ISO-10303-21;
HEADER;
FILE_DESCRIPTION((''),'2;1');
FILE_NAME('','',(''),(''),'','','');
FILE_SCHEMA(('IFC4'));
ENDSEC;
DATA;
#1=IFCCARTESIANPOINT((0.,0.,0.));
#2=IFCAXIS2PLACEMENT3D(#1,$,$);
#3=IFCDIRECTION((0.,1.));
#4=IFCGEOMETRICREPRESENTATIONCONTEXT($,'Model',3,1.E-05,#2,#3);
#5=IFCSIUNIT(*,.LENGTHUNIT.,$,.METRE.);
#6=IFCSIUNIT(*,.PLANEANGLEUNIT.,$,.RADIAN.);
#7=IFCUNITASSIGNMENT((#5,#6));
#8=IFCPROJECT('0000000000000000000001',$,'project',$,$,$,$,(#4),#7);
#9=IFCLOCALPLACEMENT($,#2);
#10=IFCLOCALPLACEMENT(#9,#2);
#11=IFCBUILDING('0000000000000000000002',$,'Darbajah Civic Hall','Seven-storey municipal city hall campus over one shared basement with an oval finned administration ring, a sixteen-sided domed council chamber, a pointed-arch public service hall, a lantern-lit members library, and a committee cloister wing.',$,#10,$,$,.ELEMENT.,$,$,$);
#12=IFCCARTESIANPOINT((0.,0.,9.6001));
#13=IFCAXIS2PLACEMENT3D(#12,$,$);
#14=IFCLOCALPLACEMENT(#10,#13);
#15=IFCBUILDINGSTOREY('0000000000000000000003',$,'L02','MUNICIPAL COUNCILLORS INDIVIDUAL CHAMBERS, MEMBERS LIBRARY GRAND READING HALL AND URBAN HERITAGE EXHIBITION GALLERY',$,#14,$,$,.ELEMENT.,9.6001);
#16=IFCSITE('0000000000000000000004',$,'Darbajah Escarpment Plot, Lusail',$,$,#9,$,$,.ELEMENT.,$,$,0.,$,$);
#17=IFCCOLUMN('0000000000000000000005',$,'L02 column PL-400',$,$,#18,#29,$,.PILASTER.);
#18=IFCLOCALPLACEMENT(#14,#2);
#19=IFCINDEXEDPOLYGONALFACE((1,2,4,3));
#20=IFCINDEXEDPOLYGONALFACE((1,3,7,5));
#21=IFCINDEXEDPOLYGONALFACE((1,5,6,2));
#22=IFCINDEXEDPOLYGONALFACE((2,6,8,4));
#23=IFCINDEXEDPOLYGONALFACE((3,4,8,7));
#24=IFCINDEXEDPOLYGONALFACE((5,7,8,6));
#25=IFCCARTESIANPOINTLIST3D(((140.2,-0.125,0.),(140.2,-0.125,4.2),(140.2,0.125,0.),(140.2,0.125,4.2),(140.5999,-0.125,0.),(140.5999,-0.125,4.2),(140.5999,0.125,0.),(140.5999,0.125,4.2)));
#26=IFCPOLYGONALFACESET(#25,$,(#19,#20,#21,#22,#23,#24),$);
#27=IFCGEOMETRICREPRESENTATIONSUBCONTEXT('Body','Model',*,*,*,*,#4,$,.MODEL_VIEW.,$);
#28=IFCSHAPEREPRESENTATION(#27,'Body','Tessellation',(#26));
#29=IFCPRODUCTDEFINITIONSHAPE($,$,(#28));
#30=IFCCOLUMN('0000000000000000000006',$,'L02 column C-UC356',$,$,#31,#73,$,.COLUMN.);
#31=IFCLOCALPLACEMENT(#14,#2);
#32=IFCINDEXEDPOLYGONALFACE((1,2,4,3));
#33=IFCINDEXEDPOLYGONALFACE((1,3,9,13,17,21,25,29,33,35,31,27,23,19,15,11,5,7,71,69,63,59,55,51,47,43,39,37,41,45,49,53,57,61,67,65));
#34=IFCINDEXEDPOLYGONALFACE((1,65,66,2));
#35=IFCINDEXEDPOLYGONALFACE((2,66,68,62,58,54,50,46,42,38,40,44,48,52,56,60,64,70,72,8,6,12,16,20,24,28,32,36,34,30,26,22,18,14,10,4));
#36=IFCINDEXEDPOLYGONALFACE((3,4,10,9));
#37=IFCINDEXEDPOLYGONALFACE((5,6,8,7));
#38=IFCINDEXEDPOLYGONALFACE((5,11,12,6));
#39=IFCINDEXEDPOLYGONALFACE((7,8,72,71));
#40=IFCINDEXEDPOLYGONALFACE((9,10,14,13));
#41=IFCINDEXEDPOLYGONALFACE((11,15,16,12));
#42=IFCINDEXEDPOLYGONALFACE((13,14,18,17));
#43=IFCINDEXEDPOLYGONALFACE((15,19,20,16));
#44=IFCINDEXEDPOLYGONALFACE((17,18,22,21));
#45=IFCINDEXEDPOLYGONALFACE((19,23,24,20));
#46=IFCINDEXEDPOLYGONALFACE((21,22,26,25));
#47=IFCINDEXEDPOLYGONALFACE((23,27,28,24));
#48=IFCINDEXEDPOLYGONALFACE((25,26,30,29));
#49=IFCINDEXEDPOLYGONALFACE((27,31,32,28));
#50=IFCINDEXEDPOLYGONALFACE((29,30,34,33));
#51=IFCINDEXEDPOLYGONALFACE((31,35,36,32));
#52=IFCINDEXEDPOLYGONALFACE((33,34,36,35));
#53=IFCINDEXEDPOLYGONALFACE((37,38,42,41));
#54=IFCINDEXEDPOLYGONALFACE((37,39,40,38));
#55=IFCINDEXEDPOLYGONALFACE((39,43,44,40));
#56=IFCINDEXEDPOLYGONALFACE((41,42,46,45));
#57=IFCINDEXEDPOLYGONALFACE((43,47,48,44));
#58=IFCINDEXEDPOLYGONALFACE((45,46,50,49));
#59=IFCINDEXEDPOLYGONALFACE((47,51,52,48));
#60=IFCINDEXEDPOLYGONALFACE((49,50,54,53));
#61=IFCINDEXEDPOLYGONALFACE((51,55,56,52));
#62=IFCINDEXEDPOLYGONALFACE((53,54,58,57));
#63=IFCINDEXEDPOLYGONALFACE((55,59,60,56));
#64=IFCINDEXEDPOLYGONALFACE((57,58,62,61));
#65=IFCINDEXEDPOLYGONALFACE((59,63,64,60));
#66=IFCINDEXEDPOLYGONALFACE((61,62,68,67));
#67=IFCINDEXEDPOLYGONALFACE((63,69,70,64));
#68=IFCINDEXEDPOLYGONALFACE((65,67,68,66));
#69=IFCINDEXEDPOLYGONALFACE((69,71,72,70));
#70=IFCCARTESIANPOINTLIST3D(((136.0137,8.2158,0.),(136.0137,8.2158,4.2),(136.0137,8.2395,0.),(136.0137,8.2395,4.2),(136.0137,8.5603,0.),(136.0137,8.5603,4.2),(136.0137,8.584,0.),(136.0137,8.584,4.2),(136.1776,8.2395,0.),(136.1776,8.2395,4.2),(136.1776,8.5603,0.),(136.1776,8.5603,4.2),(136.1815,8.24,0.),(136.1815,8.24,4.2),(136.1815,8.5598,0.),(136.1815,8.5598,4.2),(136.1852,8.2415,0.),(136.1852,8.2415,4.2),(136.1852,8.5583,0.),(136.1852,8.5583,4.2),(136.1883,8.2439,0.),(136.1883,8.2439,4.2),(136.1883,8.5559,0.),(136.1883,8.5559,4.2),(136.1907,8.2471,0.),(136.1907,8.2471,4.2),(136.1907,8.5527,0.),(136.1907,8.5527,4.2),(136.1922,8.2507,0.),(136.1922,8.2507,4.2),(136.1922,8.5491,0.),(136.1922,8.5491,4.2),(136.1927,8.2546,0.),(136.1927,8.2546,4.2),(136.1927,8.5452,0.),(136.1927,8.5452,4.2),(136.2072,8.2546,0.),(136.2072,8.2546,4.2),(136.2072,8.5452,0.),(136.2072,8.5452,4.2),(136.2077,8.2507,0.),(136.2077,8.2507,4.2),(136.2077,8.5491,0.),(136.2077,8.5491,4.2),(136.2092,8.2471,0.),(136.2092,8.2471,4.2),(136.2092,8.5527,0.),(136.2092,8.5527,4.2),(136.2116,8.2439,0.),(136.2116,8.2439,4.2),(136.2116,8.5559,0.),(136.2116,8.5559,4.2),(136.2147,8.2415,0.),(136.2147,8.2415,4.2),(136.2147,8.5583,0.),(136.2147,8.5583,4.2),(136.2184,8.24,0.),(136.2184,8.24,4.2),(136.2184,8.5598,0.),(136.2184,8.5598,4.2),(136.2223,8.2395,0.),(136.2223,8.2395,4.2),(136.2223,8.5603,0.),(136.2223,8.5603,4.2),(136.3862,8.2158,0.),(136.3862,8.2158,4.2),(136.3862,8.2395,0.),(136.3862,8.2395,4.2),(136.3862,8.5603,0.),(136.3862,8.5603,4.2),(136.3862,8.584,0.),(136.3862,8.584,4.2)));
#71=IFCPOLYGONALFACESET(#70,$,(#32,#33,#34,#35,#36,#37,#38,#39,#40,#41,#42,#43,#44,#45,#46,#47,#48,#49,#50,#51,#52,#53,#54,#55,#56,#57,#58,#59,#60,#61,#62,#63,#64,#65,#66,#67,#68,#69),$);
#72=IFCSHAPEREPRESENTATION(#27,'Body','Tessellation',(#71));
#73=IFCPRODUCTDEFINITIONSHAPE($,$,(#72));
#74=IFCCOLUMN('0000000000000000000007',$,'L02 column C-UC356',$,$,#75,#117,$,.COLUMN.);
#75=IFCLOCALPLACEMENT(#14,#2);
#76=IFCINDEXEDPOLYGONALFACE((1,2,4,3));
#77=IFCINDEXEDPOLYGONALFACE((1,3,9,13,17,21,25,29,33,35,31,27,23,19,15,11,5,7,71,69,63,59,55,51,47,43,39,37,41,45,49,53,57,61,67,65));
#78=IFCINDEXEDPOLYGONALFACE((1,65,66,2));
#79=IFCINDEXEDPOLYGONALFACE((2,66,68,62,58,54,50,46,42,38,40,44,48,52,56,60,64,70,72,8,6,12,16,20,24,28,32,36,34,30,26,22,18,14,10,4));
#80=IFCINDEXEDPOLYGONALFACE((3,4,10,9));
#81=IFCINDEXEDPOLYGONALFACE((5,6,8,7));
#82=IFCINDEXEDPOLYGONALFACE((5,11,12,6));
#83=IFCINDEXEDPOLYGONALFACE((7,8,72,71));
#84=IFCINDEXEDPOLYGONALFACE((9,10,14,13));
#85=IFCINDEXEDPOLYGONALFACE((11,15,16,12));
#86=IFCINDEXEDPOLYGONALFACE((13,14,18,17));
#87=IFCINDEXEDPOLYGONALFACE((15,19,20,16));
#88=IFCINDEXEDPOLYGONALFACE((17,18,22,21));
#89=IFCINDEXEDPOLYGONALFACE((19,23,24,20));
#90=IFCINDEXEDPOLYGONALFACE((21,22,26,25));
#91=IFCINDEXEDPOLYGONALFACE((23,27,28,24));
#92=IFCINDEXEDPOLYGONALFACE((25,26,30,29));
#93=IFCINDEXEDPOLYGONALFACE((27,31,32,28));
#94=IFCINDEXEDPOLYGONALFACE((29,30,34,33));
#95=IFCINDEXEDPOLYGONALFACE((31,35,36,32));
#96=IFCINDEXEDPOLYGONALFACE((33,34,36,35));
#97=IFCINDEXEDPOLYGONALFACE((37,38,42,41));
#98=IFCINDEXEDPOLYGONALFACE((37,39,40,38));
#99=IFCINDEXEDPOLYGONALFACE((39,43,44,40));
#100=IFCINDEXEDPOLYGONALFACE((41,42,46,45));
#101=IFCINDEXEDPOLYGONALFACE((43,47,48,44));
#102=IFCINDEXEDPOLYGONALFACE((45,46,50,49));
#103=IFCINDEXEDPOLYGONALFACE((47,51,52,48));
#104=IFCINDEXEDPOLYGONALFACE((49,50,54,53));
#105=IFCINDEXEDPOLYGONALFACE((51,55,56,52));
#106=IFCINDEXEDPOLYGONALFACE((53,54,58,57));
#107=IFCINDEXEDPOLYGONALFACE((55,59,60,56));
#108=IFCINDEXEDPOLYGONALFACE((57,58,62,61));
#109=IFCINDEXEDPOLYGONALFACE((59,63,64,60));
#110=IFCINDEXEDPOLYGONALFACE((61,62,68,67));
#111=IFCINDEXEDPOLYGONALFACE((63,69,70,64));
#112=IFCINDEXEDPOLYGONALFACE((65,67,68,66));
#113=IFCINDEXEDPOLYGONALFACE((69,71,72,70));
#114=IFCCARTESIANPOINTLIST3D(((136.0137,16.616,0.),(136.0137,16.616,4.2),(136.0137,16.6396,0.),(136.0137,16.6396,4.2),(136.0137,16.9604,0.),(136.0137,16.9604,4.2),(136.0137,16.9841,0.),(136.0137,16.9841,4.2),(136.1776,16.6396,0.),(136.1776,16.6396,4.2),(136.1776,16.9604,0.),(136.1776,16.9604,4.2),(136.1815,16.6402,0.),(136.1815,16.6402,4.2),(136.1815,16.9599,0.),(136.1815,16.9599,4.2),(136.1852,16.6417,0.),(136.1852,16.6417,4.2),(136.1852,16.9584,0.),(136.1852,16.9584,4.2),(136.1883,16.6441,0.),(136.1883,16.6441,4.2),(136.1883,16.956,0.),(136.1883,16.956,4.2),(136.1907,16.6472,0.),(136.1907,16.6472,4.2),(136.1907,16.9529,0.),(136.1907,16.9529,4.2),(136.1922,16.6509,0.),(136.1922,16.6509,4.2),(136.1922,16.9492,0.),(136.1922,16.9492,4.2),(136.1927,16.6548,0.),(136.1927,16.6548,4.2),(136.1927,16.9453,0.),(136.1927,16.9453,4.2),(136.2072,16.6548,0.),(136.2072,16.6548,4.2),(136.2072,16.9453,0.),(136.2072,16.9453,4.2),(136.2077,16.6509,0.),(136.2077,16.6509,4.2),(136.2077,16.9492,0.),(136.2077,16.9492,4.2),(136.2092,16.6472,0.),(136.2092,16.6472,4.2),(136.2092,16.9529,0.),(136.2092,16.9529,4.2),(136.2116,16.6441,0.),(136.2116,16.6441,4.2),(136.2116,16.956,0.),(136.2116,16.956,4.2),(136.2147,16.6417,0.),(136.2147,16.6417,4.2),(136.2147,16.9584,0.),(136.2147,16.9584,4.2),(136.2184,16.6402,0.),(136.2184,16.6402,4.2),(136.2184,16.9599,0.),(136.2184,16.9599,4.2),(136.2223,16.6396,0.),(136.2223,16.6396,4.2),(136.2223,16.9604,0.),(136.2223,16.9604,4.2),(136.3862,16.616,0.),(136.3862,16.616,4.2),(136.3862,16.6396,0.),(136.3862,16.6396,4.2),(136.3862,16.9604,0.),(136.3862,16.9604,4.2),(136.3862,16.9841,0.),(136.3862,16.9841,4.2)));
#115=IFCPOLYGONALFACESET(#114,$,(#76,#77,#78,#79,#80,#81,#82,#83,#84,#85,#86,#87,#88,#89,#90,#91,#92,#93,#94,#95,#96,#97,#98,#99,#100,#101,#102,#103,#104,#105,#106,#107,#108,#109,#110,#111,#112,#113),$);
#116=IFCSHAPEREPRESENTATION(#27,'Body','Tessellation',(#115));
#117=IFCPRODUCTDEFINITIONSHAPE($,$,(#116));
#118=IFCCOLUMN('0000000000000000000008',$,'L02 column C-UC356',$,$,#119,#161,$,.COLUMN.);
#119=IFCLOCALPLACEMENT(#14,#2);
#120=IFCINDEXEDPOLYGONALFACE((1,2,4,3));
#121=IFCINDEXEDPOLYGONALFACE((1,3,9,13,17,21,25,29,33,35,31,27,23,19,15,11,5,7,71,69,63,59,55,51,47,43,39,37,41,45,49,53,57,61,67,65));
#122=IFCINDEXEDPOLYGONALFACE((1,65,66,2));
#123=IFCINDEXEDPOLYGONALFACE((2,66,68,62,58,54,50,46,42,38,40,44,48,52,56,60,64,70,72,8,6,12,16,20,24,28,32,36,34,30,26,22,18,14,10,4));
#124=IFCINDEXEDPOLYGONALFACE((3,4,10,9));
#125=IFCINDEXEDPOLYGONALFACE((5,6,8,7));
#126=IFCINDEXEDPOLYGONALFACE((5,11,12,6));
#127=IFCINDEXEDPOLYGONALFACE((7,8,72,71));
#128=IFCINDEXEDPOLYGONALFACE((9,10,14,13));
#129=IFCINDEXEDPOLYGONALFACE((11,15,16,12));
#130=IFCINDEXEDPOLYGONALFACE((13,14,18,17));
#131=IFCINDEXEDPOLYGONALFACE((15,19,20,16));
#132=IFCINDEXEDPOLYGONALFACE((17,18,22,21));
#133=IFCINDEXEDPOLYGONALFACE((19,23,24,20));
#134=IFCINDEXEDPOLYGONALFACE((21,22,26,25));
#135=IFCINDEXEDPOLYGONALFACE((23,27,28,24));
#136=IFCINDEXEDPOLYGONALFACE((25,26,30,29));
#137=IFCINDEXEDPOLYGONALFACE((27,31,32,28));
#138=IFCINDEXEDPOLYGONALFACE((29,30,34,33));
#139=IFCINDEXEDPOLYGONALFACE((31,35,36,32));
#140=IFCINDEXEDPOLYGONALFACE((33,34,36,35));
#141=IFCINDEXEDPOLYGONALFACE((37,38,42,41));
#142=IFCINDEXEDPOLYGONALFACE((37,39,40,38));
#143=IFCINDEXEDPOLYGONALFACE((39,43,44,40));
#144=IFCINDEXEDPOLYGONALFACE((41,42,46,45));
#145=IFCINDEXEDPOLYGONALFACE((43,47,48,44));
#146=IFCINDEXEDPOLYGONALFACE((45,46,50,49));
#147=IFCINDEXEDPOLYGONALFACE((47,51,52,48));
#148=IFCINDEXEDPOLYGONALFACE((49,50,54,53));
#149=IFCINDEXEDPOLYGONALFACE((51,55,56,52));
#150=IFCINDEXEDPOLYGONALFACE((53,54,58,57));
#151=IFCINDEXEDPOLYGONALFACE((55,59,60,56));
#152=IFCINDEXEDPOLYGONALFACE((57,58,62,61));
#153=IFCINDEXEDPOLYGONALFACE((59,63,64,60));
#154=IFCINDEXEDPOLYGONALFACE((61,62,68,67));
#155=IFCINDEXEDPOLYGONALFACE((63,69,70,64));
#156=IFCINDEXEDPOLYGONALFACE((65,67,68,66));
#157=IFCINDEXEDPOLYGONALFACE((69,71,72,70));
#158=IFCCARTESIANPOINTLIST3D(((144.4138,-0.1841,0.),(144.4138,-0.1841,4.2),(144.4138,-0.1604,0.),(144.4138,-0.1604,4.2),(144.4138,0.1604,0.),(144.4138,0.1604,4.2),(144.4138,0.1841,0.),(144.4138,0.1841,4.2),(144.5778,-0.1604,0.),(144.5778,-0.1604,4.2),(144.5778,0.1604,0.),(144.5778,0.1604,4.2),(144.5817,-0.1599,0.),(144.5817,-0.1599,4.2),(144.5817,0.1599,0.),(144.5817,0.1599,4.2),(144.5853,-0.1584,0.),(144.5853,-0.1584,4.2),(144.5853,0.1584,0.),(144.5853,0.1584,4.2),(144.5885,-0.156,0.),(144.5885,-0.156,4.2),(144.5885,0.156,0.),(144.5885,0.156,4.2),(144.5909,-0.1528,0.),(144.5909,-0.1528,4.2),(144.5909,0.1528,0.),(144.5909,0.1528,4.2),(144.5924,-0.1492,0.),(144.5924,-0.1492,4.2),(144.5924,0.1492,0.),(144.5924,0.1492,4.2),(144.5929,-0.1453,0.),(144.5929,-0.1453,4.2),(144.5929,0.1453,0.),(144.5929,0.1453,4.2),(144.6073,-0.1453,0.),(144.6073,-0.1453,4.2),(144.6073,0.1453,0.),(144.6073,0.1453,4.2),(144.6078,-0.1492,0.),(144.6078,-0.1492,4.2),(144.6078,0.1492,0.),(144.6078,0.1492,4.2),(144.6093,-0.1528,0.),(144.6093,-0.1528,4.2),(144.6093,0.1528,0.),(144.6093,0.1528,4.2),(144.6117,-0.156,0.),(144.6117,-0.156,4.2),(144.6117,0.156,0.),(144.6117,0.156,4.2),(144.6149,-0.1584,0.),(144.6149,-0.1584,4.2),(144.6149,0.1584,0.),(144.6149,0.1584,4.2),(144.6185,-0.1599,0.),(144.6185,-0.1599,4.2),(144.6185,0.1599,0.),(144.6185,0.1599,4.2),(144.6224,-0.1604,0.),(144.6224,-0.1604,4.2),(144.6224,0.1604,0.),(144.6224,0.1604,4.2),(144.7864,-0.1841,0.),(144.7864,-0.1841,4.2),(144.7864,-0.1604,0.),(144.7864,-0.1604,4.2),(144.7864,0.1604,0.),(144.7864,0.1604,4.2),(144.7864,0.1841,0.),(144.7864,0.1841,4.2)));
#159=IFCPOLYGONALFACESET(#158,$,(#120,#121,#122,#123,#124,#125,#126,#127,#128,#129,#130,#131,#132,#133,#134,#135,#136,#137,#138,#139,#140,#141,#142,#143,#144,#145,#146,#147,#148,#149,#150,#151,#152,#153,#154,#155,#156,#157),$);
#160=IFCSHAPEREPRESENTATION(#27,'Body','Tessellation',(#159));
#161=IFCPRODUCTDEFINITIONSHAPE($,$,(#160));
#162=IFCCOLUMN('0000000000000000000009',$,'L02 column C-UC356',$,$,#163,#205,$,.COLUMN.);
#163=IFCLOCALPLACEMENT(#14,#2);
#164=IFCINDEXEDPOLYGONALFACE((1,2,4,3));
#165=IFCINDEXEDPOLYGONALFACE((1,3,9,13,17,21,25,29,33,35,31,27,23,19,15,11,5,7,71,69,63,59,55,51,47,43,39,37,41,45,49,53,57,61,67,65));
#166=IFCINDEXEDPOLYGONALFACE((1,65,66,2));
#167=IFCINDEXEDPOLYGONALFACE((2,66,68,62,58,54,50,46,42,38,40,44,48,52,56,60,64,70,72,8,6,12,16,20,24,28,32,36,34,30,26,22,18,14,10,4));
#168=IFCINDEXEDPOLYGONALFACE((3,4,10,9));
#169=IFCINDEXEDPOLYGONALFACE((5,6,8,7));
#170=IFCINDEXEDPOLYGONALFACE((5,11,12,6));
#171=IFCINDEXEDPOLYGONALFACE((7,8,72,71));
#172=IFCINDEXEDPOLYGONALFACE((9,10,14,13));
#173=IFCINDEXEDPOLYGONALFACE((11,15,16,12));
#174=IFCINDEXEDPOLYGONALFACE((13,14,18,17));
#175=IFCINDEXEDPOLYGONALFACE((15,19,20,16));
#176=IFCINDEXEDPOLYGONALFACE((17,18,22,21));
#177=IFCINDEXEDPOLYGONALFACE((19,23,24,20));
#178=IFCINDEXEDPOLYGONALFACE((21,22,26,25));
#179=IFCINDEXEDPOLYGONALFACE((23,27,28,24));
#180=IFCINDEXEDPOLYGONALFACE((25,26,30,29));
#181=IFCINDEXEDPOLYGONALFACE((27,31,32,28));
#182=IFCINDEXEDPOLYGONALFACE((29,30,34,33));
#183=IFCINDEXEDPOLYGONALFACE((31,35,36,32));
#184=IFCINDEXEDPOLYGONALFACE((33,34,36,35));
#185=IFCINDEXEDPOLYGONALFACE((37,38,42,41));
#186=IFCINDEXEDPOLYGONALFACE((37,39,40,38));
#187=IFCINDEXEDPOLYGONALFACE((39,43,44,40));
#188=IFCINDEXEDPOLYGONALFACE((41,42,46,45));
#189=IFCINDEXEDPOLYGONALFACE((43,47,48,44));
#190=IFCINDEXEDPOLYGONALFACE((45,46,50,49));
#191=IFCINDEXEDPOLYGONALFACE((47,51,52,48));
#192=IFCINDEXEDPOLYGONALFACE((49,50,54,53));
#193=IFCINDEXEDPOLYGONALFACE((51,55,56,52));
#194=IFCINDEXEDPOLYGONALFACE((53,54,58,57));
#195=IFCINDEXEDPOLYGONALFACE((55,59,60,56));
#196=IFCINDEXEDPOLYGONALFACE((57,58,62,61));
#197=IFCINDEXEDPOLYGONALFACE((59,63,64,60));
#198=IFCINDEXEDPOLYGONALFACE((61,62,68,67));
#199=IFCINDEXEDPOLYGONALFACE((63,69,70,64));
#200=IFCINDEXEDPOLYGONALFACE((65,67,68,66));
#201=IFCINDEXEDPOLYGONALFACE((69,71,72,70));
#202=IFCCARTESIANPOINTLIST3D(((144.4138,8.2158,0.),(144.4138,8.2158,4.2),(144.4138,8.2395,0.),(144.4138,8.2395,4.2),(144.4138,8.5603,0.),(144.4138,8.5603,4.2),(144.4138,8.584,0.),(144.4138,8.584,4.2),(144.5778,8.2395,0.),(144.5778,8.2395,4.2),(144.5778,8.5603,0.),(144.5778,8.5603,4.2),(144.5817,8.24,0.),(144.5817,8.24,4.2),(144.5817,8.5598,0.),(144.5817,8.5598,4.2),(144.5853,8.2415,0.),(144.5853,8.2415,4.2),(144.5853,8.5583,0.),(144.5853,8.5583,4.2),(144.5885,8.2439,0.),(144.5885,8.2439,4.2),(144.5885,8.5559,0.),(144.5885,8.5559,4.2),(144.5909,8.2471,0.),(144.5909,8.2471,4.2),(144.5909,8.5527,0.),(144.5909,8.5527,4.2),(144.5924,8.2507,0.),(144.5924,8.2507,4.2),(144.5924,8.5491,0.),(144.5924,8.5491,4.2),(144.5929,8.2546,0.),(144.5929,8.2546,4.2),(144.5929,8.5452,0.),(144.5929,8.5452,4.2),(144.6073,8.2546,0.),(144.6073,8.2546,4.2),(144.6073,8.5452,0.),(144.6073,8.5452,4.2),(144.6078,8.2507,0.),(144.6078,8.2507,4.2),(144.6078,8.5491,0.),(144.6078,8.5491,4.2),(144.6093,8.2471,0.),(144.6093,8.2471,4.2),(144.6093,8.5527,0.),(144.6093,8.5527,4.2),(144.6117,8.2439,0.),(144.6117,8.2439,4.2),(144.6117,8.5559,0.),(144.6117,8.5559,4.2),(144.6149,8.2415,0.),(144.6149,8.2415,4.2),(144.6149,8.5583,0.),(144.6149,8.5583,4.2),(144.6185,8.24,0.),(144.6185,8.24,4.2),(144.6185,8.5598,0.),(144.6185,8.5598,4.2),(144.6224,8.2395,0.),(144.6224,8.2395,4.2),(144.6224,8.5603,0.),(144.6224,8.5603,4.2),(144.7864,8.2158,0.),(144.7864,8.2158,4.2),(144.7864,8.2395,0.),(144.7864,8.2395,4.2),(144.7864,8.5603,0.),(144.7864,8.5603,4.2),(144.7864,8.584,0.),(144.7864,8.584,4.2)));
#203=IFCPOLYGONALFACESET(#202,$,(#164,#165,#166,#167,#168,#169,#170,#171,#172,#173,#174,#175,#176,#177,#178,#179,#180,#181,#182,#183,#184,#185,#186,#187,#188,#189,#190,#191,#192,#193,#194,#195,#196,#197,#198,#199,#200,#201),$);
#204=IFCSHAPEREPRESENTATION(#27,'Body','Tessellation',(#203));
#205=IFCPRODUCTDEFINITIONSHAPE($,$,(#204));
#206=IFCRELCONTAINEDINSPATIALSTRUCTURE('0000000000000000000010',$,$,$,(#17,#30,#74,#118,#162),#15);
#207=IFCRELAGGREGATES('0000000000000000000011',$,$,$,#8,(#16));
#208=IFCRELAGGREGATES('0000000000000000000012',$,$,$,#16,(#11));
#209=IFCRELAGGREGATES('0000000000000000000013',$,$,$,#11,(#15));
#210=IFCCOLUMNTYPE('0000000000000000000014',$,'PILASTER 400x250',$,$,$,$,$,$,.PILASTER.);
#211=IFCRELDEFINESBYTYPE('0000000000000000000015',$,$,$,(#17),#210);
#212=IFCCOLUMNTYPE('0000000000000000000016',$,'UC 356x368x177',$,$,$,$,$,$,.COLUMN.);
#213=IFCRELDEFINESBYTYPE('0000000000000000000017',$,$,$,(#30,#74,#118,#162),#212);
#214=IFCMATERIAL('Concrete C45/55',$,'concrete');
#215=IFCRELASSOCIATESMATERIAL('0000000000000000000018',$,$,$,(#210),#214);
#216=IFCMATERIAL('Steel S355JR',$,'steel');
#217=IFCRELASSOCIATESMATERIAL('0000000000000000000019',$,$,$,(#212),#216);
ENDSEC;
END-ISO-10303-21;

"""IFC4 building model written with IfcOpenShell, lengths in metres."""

from ifc_helpers import new_model, si_unit, direction, frame, origin, origin_2d, place, context, subcontext, project, spatial, rectangle, i_section, extrude, material, material_profile, profile_set, type_object, element, save


model = new_model("IFC4")

# Units and contexts
model_context = context("Model", 3, precision=1e-05, world=origin(), true_north=direction((0.0, 1.0)))
body_context = subcontext(model_context, "Body", "Model", "MODEL_VIEW")
ifc_project = project(units=[si_unit("LENGTHUNIT", "METRE"), si_unit("PLANEANGLEUNIT", "RADIAN")], contexts=[model_context])

# Site, building, storey
site_placement = place(None, origin())
site = spatial("IfcSite", under=ifc_project, at=site_placement, Name="Darbajah Escarpment Plot, Lusail", CompositionType="ELEMENT", RefElevation=0.0)
building_placement = place(site_placement, origin())
building = spatial("IfcBuilding", under=site, at=building_placement, Name="Darbajah Civic Hall", Description="Seven-storey municipal city hall campus over one shared basement with an oval finned administration ring, a sixteen-sided domed council chamber, a pointed-arch public service hall, a lantern-lit members library, and a committee cloister wing.", CompositionType="ELEMENT")
storey_placement = place(building_placement, frame((0.0, 0.0, 9.6001)))
storey = spatial("IfcBuildingStorey", under=building, at=storey_placement, Name="L02", Description="MUNICIPAL COUNCILLORS INDIVIDUAL CHAMBERS, MEMBERS LIBRARY GRAND READING HALL AND URBAN HERITAGE EXHIBITION GALLERY", CompositionType="ELEMENT", Elevation=9.6001)

# Columns
ifc_material_1 = material(Name="Concrete C45/55", Category="concrete")
ifc_material_profile_1 = material_profile(ifc_material_1, rectangle(XDim=0.3999, YDim=0.25, at=origin_2d()), Name="PILASTER 400x250")
ifc_profile_set_1 = profile_set([ifc_material_profile_1], Name="Concrete C45/55")
column_type_1 = type_object("IfcColumnType", Name="PILASTER 400x250", PredefinedType="PILASTER", material=ifc_profile_set_1)
column_placement = place(storey_placement, frame((140.3999, 0.0, 0.0), z_axis=(0.0, 0.0, 1.0), x_axis=(1.0, 0.0, 0.0)))
element("IfcColumn", 1, at=column_placement, inside=storey, type_object=column_type_1, Name="L02 column PL-400", PredefinedType="PILASTER", context=body_context, shape_type="SweptSolid", body=[
    extrude(rectangle(XDim=0.3999, YDim=0.25, at=origin_2d()), origin(), (0.0, 0.0, 1.0), 4.2),
])
ifc_material_2 = material(Name="Steel S355JR", Category="steel")
ifc_material_profile_2 = material_profile(ifc_material_2, i_section(OverallWidth=0.3726, OverallDepth=0.3682, WebThickness=0.0144, FlangeThickness=0.0237, FilletRadius=0.0151, at=origin_2d()), Name="UC 356x368x177")
ifc_profile_set_2 = profile_set([ifc_material_profile_2], Name="Steel S355JR")
column_type_2 = type_object("IfcColumnType", Name="UC 356x368x177", PredefinedType="COLUMN", material=ifc_profile_set_2)
for number, where, z_axis, x_axis, name in (
    (2, (136.2, 8.3999, 0.0), (0.0, 0.0, 1.0), (1.0, 0.0, 0.0), "L02 column C-UC356"),
    (3, (136.2, 16.8, 0.0), (0.0, 0.0, 1.0), (1.0, 0.0, 0.0), "L02 column C-UC356"),
    (4, (144.6001, 0.0, 0.0), (0.0, 0.0, 1.0), (1.0, 0.0, 0.0), "L02 column C-UC356"),
    (5, (144.6001, 8.3999, 0.0), (0.0, 0.0, 1.0), (1.0, 0.0, 0.0), "L02 column C-UC356"),
):
    element("IfcColumn", number, at=place(storey_placement, frame(where, z_axis=z_axis, x_axis=x_axis)), inside=storey, type_object=column_type_2, Name=name, PredefinedType="COLUMN", context=body_context, shape_type="SweptSolid", body=[
        extrude(i_section(OverallWidth=0.3726, OverallDepth=0.3682, WebThickness=0.0144, FlangeThickness=0.0237, FilletRadius=0.0151, at=origin_2d()), origin(), (0.0, 0.0, 1.0), 4.2),
    ])

save(model, "model.ifc")
